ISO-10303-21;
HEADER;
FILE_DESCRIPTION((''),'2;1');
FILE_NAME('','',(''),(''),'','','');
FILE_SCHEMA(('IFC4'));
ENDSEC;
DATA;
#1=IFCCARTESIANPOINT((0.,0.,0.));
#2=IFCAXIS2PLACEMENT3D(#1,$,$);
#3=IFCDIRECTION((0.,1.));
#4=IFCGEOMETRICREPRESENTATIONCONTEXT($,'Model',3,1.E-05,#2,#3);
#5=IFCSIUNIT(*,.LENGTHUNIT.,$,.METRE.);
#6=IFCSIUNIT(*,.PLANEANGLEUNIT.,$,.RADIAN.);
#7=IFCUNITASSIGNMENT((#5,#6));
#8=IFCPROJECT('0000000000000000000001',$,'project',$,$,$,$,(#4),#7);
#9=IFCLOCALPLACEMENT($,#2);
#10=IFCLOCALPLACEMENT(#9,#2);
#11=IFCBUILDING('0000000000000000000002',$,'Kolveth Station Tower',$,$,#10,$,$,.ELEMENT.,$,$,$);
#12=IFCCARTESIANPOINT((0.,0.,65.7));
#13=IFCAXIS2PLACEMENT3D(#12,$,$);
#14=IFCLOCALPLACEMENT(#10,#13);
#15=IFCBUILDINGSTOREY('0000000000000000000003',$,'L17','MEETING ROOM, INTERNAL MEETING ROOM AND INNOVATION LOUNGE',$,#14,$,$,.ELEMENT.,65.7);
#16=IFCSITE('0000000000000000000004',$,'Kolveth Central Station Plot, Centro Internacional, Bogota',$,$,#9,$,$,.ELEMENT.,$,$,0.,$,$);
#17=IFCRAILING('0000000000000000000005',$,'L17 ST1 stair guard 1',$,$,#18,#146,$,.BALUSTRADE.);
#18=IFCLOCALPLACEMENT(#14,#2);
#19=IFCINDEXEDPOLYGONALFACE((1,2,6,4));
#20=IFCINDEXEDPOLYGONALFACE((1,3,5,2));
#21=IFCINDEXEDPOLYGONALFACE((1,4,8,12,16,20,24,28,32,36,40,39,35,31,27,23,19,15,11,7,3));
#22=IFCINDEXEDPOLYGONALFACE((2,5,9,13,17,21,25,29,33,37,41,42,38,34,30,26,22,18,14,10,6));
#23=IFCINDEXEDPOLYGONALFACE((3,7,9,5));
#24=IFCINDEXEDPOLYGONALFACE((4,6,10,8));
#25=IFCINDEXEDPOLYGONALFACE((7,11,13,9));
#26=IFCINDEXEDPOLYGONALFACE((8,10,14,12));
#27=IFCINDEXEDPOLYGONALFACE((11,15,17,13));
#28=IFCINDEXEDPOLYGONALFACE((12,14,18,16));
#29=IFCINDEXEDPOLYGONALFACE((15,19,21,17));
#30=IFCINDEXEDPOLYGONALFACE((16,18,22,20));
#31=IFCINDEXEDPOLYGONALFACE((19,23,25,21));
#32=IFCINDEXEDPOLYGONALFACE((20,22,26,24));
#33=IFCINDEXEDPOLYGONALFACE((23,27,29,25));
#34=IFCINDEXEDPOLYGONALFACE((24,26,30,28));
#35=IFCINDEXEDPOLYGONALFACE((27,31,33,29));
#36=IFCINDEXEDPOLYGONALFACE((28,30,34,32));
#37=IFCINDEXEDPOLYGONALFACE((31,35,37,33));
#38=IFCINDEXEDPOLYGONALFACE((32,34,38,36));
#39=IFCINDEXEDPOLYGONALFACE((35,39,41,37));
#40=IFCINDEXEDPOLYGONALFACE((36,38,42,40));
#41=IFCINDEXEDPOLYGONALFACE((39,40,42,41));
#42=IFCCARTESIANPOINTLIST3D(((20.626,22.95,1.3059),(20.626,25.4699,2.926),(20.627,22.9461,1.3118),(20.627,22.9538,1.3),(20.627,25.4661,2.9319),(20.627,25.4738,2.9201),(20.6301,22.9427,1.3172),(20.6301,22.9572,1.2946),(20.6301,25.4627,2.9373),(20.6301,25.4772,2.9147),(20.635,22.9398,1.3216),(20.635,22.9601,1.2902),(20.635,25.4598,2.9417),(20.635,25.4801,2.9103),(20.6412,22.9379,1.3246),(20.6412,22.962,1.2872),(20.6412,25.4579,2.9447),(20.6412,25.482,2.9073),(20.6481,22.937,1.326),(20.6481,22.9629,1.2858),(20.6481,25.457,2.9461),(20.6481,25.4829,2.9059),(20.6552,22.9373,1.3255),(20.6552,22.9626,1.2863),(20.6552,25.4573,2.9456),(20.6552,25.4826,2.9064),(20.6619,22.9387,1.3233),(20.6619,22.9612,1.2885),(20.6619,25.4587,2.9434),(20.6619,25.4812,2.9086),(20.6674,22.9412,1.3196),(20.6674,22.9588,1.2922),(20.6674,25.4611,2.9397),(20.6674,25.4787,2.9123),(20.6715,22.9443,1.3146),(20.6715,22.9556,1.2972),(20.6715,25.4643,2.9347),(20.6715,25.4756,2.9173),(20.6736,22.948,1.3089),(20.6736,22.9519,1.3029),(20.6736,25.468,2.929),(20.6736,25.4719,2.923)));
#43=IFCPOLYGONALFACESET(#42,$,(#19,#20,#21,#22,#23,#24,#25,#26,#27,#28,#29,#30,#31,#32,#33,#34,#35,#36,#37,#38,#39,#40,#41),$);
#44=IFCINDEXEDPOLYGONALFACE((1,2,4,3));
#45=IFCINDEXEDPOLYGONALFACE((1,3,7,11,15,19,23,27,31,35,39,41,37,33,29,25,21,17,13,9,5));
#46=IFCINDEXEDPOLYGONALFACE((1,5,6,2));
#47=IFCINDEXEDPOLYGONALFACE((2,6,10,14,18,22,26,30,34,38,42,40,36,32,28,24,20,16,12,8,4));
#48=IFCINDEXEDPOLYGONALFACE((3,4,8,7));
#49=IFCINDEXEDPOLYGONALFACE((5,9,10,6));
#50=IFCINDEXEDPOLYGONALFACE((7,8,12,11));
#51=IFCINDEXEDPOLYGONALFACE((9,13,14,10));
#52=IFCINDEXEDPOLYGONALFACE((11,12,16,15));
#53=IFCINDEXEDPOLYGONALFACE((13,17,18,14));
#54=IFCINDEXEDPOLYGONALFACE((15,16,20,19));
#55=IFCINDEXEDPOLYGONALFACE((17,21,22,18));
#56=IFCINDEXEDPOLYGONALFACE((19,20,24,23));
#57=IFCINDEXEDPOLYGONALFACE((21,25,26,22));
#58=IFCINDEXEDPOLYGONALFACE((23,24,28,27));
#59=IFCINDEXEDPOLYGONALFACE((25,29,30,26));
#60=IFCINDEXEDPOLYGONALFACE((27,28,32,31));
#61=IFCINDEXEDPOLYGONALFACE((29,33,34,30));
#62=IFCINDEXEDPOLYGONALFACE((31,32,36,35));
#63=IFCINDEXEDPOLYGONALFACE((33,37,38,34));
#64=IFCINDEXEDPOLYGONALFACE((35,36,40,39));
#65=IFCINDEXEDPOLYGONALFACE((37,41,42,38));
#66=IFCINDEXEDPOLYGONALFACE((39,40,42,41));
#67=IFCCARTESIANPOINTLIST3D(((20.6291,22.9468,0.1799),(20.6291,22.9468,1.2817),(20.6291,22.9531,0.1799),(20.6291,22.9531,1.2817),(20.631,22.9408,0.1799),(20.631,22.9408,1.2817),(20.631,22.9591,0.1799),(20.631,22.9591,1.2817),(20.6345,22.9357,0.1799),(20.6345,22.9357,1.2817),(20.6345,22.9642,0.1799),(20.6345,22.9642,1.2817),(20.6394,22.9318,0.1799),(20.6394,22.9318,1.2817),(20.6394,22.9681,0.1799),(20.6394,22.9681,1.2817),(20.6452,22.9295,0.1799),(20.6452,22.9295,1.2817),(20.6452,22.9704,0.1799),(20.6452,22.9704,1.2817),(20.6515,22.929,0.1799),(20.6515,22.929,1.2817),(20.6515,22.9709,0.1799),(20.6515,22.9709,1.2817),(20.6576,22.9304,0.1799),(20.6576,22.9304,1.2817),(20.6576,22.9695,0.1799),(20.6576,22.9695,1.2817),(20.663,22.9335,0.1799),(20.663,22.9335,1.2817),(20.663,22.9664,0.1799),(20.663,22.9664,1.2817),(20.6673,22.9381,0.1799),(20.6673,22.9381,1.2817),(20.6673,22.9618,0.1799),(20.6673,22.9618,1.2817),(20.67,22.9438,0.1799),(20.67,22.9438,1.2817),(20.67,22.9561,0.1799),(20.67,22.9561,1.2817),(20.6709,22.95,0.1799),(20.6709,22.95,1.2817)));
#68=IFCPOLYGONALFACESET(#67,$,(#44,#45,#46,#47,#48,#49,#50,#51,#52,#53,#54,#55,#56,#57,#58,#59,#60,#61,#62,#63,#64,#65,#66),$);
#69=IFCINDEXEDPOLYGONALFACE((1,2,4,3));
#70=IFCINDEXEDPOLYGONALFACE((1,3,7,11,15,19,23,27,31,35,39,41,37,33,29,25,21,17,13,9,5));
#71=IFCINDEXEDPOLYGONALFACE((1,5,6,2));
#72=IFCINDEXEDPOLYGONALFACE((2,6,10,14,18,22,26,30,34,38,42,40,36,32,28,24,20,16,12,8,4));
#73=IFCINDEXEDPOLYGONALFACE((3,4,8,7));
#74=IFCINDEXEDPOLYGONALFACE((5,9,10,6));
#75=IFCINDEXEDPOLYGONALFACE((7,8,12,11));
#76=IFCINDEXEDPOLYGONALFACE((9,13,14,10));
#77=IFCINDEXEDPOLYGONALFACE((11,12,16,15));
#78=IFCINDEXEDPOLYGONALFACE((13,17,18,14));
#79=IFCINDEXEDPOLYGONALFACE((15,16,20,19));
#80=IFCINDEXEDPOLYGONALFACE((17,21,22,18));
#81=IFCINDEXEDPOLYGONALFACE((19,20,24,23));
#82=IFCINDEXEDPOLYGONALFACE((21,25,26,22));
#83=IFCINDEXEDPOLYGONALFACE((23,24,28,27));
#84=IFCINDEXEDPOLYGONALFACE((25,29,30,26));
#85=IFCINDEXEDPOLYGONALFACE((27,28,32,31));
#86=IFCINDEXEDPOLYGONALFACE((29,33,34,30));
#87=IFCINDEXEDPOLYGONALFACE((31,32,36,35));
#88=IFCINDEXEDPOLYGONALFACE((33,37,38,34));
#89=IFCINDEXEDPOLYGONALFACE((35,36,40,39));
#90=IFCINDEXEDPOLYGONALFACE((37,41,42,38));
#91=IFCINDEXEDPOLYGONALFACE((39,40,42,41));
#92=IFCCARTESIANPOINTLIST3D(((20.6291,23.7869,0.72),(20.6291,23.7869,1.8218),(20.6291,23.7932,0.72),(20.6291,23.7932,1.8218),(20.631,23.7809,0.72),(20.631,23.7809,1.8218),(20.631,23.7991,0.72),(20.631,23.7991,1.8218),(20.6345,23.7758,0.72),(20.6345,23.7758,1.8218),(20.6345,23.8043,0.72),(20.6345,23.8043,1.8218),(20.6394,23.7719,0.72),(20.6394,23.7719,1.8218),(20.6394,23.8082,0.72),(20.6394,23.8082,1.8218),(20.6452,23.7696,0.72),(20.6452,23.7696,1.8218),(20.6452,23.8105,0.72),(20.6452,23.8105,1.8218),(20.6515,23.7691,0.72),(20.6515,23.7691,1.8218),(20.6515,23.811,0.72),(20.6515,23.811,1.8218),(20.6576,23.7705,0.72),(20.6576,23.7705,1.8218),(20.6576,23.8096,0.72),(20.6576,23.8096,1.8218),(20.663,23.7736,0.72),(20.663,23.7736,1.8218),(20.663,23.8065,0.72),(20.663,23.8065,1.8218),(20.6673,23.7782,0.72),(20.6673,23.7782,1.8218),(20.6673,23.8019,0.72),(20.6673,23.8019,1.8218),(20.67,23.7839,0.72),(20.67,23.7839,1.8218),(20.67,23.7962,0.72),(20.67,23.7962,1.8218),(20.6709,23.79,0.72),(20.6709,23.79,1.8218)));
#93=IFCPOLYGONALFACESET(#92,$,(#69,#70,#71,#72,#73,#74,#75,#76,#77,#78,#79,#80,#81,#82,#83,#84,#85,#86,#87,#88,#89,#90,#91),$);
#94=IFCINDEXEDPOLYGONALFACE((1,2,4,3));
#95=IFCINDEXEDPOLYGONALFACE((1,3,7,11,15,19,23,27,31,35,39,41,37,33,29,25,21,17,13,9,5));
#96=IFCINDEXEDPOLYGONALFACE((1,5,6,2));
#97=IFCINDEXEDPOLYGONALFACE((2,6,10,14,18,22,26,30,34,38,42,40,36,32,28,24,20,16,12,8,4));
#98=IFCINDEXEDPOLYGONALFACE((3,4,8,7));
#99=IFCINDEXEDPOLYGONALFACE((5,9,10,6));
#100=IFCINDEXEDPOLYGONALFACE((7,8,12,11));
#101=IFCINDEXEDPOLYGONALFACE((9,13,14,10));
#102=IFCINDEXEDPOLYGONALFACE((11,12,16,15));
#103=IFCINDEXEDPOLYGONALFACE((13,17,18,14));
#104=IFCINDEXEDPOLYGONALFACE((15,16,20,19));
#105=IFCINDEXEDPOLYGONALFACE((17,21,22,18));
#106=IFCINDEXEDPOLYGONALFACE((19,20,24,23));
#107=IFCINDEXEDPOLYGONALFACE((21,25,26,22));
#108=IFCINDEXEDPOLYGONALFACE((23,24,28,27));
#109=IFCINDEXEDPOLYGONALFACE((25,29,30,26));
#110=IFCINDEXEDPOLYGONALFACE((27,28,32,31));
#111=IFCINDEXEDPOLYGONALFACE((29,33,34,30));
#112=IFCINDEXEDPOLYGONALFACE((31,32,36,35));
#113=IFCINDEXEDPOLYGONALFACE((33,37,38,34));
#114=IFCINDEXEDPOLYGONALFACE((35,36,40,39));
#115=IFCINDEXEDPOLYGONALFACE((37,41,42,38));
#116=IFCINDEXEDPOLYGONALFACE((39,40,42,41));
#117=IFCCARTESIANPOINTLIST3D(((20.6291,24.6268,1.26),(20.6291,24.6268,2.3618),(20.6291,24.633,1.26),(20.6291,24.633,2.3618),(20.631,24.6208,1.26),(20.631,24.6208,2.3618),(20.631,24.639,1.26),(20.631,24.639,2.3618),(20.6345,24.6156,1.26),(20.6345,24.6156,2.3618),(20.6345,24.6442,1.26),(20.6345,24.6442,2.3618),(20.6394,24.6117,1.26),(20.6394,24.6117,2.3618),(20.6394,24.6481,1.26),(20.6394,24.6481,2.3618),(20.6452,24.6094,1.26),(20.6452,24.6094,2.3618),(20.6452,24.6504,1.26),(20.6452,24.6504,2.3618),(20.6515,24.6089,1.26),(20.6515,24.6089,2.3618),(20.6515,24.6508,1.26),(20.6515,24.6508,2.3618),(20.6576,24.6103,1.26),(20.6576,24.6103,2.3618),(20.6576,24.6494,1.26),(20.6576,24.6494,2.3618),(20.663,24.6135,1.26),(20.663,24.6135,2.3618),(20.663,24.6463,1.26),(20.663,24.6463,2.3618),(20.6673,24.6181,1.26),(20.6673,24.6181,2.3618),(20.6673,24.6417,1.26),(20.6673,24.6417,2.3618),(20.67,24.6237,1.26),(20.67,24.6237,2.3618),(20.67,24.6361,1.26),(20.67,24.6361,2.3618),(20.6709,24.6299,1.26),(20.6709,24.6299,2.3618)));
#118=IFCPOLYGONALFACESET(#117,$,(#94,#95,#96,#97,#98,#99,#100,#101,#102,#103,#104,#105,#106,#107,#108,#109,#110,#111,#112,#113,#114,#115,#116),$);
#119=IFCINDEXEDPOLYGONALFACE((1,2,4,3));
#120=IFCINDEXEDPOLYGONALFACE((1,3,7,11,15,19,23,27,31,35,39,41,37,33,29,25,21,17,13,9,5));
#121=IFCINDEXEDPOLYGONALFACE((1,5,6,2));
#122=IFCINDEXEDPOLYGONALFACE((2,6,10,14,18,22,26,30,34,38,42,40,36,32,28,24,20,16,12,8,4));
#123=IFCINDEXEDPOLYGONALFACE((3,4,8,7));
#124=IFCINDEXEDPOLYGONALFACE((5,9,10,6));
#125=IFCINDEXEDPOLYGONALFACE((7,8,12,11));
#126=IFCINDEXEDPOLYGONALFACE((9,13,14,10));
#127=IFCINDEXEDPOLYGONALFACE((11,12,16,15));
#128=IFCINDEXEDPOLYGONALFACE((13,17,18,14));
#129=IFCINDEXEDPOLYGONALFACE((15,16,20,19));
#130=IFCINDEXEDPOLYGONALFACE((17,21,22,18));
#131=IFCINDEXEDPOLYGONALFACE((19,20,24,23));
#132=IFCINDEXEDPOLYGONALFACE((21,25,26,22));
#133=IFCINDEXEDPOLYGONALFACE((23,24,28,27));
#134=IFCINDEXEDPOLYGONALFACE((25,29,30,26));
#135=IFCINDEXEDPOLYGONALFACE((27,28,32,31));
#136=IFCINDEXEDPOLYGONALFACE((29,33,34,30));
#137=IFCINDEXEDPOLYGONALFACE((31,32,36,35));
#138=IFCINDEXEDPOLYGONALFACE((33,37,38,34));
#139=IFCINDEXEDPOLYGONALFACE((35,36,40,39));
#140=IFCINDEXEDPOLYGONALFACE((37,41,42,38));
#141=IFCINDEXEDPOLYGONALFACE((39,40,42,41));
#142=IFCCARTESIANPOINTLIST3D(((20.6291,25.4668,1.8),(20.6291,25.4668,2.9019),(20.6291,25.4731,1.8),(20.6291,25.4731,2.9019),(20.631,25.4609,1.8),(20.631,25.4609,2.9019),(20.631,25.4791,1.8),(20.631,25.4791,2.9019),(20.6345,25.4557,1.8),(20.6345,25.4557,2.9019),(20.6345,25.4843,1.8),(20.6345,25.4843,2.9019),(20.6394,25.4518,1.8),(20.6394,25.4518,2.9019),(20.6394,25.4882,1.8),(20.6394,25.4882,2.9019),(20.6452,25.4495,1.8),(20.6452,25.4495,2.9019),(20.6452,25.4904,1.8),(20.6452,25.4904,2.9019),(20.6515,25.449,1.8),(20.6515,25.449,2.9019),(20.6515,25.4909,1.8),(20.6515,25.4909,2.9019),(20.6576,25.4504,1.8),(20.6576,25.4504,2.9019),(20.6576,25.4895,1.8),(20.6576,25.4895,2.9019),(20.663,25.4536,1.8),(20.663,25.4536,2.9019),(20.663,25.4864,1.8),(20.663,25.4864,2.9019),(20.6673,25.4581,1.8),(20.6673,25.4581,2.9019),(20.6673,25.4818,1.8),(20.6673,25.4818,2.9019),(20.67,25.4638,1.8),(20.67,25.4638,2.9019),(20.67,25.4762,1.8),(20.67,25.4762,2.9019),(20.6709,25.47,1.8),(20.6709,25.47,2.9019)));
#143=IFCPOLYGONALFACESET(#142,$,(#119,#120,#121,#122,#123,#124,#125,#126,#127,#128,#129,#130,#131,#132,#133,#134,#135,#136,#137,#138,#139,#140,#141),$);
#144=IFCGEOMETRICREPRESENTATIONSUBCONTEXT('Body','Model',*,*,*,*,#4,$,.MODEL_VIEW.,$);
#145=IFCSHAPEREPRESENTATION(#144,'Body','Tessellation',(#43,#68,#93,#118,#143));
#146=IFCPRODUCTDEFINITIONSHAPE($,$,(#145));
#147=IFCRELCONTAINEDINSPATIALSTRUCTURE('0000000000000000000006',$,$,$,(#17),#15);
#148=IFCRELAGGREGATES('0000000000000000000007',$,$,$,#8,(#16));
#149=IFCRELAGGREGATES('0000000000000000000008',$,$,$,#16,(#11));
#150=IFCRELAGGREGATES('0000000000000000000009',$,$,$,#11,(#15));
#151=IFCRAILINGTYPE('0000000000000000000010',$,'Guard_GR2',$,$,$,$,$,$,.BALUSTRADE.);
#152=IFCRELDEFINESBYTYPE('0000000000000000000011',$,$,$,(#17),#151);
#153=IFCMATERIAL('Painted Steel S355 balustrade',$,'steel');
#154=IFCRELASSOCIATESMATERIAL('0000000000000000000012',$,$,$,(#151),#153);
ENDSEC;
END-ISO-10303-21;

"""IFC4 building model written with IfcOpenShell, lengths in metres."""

from ifc_helpers import new_model, si_unit, direction, frame, origin, origin_2d, place, context, subcontext, project, spatial, circle, extrude, material, type_object, element, save


model = new_model("IFC4")

# Units and contexts
model_context = context("Model", 3, precision=1e-05, world=origin(), true_north=direction((0.0, 1.0)))
body_context = subcontext(model_context, "Body", "Model", "MODEL_VIEW")
ifc_project = project(units=[si_unit("LENGTHUNIT", "METRE"), si_unit("PLANEANGLEUNIT", "RADIAN")], contexts=[model_context])

# Site, building, storey
site_placement = place(None, origin())
site = spatial("IfcSite", under=ifc_project, at=site_placement, Name="Kolveth Central Station Plot, Centro Internacional, Bogota", CompositionType="ELEMENT", RefElevation=0.0)
building_placement = place(site_placement, origin())
building = spatial("IfcBuilding", under=site, at=building_placement, Name="Kolveth Station Tower", CompositionType="ELEMENT")
storey_placement = place(building_placement, frame((0.0, 0.0, 65.7)))
storey = spatial("IfcBuildingStorey", under=building, at=storey_placement, Name="L17", Description="MEETING ROOM, INTERNAL MEETING ROOM AND INNOVATION LOUNGE", CompositionType="ELEMENT", Elevation=65.7)

# Railing
ifc_material_1 = material(Name="Painted Steel S355 balustrade", Category="steel")
railing_type_1 = type_object("IfcRailingType", Name="Guard_GR2", PredefinedType="BALUSTRADE", material=ifc_material_1)
railing_1_placement = place(storey_placement, frame((20.6499, 22.95, 0.1799)))
element("IfcRailing", 1, at=railing_1_placement, inside=storey, type_object=railing_type_1, Name="L17 ST1 stair guard 1", PredefinedType="BALUSTRADE", context=body_context, shape_type="SweptSolid", body=[
    extrude(circle(Radius=0.0239, at=origin_2d()), frame((0.0, 0.0, 1.126), z_axis=(0.0, 0.841163, 0.540782), x_axis=(-1.0, 0.0, 0.0)), (0.0, 0.0, 1.0), 2.9958),
    extrude(circle(Radius=0.021, at=origin_2d()), origin(), (0.0, 0.0, 1.0), 1.1018),
    extrude(circle(Radius=0.021, at=origin_2d()), frame((0.0, 0.8401, 0.54)), (0.0, 0.0, 1.0), 1.1018),
    extrude(circle(Radius=0.021, at=origin_2d()), frame((0.0, 1.6799, 1.0801)), (0.0, 0.0, 1.0), 1.1018),
    extrude(circle(Radius=0.021, at=origin_2d()), frame((0.0, 2.52, 1.6201)), (0.0, 0.0, 1.0), 1.1018),
])

save(model, "model.ifc")
